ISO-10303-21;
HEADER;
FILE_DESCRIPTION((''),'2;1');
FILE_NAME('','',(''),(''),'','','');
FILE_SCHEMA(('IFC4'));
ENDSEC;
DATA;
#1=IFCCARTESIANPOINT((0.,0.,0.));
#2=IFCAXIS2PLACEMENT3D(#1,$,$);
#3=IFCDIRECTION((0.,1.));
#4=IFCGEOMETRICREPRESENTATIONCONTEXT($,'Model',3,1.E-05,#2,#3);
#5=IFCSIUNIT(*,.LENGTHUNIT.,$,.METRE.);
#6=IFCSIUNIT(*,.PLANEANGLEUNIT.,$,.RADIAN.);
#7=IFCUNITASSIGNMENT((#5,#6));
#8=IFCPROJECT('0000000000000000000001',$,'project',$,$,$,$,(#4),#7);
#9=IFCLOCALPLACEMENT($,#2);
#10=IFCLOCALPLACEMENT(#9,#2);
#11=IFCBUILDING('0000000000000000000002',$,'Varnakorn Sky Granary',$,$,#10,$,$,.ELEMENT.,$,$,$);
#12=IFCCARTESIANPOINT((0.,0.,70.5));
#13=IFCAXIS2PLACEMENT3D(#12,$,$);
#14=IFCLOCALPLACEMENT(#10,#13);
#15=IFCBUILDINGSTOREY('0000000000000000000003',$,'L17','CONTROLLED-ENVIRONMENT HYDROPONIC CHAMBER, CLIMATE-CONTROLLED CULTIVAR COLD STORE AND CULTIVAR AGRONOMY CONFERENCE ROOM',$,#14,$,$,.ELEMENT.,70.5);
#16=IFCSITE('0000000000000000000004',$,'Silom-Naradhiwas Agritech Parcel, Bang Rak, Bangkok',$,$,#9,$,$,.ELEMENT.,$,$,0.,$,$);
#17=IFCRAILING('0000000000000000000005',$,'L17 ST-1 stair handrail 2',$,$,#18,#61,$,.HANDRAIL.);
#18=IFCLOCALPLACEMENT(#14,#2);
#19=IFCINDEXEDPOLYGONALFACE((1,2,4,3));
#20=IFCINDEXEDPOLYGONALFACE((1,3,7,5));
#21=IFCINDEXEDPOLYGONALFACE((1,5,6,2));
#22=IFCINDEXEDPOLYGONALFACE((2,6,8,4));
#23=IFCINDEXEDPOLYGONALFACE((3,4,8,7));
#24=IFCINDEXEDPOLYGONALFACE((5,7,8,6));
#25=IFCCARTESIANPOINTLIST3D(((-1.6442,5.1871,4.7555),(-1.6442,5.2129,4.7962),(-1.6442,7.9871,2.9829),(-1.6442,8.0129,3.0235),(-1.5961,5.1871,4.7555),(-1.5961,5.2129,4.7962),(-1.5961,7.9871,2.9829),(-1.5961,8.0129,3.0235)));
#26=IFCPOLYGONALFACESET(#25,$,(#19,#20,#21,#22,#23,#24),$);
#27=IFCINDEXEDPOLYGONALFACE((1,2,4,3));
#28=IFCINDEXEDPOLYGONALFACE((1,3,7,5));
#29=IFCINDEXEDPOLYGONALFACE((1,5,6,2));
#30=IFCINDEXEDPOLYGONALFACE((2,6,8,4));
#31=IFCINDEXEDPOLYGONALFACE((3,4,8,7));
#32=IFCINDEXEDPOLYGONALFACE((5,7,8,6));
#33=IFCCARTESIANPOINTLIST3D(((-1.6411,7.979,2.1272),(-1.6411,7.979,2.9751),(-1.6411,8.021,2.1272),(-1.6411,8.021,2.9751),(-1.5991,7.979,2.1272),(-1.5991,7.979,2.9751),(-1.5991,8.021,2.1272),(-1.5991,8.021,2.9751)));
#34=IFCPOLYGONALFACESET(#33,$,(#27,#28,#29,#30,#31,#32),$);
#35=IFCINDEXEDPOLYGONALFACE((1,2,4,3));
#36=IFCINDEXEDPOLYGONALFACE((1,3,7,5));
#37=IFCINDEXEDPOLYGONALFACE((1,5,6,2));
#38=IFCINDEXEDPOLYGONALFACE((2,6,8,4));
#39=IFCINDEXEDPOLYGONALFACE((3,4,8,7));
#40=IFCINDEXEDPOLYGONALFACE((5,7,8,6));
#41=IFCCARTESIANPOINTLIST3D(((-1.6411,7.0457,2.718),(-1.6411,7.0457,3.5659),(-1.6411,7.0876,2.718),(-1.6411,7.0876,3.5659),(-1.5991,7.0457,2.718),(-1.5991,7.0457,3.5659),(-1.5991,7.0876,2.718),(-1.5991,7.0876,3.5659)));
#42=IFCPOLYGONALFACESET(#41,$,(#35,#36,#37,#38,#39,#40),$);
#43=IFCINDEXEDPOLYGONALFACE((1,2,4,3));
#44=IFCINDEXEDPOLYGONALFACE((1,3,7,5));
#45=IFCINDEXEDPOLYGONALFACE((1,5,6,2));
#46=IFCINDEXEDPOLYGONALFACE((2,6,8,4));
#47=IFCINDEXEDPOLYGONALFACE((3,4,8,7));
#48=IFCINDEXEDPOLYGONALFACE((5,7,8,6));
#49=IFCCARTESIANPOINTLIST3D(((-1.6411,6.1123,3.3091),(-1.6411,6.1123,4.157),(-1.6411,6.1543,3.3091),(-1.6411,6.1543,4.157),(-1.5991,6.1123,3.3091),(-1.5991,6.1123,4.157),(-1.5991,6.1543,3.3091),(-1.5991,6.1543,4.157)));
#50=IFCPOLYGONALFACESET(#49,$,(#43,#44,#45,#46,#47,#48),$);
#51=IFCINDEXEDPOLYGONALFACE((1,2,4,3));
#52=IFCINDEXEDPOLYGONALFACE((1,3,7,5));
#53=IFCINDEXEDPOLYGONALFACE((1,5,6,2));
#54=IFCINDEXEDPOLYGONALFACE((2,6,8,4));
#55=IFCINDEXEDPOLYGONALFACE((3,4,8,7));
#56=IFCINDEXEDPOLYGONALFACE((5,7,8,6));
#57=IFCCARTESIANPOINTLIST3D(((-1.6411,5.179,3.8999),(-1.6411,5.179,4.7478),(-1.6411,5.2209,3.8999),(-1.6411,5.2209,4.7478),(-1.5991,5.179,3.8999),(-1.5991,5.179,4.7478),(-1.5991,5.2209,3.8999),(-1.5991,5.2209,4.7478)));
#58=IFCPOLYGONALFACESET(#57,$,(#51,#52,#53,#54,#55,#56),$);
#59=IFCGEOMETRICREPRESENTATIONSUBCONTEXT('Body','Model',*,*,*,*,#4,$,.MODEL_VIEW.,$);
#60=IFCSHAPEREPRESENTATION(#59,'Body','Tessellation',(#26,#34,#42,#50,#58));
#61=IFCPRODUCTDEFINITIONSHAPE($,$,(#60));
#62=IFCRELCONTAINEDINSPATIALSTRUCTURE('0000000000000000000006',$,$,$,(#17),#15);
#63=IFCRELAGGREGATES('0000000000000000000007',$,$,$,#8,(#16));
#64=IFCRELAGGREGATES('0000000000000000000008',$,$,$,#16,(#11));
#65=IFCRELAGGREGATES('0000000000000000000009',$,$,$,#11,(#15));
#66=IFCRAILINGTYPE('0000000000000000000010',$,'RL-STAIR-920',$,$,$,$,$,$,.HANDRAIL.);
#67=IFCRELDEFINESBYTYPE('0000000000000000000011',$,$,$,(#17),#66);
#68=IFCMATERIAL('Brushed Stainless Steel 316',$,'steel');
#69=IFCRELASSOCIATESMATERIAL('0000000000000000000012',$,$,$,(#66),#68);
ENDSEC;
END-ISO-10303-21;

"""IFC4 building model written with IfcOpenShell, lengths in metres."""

from ifc_helpers import new_model, si_unit, direction, frame, origin, origin_2d, place, context, subcontext, project, spatial, rectangle, extrude, material, type_object, element, save


model = new_model("IFC4")

# Units and contexts
model_context = context("Model", 3, precision=1e-05, world=origin(), true_north=direction((0.0, 1.0)))
body_context = subcontext(model_context, "Body", "Model", "MODEL_VIEW")
ifc_project = project(units=[si_unit("LENGTHUNIT", "METRE"), si_unit("PLANEANGLEUNIT", "RADIAN")], contexts=[model_context])

# Site, building, storey
site_placement = place(None, origin())
site = spatial("IfcSite", under=ifc_project, at=site_placement, Name="Silom-Naradhiwas Agritech Parcel, Bang Rak, Bangkok", CompositionType="ELEMENT", RefElevation=0.0)
building_placement = place(site_placement, origin())
building = spatial("IfcBuilding", under=site, at=building_placement, Name="Varnakorn Sky Granary", CompositionType="ELEMENT")
storey_placement = place(building_placement, frame((0.0, 0.0, 70.5)))
storey = spatial("IfcBuildingStorey", under=building, at=storey_placement, Name="L17", Description="CONTROLLED-ENVIRONMENT HYDROPONIC CHAMBER, CLIMATE-CONTROLLED CULTIVAR COLD STORE AND CULTIVAR AGRONOMY CONFERENCE ROOM", CompositionType="ELEMENT", Elevation=70.5)

# Railing
ifc_material_1 = material(Name="Brushed Stainless Steel 316", Category="steel")
railing_type_1 = type_object("IfcRailingType", Name="RL-STAIR-920", PredefinedType="HANDRAIL", material=ifc_material_1)
railing_1_placement = place(storey_placement, frame((-1.6201, 8.0, 2.1272)))
element("IfcRailing", 1, at=railing_1_placement, inside=storey, type_object=railing_type_1, Name="L17 ST-1 stair handrail 2", PredefinedType="HANDRAIL", context=body_context, shape_type="SweptSolid", body=[
    extrude(rectangle(XDim=0.0481, YDim=0.0481, at=origin_2d()), frame((0.0, 0.0, 0.876), z_axis=(0.0, -0.844909, 0.53491), x_axis=(1.0, 0.0, 0.0)), (0.0, 0.0, 1.0), 3.314),
    extrude(rectangle(XDim=0.042, YDim=0.042, at=origin_2d()), origin(), (0.0, 0.0, 1.0), 0.8479),
    extrude(rectangle(XDim=0.042, YDim=0.042, at=origin_2d()), frame((0.0, -0.9333, 0.5908)), (0.0, 0.0, 1.0), 0.8479),
    extrude(rectangle(XDim=0.042, YDim=0.042, at=origin_2d()), frame((0.0, -1.8667, 1.1819)), (0.0, 0.0, 1.0), 0.8479),
    extrude(rectangle(XDim=0.042, YDim=0.042, at=origin_2d()), frame((0.0, -2.8, 1.7727)), (0.0, 0.0, 1.0), 0.8479),
])

save(model, "model.ifc")
